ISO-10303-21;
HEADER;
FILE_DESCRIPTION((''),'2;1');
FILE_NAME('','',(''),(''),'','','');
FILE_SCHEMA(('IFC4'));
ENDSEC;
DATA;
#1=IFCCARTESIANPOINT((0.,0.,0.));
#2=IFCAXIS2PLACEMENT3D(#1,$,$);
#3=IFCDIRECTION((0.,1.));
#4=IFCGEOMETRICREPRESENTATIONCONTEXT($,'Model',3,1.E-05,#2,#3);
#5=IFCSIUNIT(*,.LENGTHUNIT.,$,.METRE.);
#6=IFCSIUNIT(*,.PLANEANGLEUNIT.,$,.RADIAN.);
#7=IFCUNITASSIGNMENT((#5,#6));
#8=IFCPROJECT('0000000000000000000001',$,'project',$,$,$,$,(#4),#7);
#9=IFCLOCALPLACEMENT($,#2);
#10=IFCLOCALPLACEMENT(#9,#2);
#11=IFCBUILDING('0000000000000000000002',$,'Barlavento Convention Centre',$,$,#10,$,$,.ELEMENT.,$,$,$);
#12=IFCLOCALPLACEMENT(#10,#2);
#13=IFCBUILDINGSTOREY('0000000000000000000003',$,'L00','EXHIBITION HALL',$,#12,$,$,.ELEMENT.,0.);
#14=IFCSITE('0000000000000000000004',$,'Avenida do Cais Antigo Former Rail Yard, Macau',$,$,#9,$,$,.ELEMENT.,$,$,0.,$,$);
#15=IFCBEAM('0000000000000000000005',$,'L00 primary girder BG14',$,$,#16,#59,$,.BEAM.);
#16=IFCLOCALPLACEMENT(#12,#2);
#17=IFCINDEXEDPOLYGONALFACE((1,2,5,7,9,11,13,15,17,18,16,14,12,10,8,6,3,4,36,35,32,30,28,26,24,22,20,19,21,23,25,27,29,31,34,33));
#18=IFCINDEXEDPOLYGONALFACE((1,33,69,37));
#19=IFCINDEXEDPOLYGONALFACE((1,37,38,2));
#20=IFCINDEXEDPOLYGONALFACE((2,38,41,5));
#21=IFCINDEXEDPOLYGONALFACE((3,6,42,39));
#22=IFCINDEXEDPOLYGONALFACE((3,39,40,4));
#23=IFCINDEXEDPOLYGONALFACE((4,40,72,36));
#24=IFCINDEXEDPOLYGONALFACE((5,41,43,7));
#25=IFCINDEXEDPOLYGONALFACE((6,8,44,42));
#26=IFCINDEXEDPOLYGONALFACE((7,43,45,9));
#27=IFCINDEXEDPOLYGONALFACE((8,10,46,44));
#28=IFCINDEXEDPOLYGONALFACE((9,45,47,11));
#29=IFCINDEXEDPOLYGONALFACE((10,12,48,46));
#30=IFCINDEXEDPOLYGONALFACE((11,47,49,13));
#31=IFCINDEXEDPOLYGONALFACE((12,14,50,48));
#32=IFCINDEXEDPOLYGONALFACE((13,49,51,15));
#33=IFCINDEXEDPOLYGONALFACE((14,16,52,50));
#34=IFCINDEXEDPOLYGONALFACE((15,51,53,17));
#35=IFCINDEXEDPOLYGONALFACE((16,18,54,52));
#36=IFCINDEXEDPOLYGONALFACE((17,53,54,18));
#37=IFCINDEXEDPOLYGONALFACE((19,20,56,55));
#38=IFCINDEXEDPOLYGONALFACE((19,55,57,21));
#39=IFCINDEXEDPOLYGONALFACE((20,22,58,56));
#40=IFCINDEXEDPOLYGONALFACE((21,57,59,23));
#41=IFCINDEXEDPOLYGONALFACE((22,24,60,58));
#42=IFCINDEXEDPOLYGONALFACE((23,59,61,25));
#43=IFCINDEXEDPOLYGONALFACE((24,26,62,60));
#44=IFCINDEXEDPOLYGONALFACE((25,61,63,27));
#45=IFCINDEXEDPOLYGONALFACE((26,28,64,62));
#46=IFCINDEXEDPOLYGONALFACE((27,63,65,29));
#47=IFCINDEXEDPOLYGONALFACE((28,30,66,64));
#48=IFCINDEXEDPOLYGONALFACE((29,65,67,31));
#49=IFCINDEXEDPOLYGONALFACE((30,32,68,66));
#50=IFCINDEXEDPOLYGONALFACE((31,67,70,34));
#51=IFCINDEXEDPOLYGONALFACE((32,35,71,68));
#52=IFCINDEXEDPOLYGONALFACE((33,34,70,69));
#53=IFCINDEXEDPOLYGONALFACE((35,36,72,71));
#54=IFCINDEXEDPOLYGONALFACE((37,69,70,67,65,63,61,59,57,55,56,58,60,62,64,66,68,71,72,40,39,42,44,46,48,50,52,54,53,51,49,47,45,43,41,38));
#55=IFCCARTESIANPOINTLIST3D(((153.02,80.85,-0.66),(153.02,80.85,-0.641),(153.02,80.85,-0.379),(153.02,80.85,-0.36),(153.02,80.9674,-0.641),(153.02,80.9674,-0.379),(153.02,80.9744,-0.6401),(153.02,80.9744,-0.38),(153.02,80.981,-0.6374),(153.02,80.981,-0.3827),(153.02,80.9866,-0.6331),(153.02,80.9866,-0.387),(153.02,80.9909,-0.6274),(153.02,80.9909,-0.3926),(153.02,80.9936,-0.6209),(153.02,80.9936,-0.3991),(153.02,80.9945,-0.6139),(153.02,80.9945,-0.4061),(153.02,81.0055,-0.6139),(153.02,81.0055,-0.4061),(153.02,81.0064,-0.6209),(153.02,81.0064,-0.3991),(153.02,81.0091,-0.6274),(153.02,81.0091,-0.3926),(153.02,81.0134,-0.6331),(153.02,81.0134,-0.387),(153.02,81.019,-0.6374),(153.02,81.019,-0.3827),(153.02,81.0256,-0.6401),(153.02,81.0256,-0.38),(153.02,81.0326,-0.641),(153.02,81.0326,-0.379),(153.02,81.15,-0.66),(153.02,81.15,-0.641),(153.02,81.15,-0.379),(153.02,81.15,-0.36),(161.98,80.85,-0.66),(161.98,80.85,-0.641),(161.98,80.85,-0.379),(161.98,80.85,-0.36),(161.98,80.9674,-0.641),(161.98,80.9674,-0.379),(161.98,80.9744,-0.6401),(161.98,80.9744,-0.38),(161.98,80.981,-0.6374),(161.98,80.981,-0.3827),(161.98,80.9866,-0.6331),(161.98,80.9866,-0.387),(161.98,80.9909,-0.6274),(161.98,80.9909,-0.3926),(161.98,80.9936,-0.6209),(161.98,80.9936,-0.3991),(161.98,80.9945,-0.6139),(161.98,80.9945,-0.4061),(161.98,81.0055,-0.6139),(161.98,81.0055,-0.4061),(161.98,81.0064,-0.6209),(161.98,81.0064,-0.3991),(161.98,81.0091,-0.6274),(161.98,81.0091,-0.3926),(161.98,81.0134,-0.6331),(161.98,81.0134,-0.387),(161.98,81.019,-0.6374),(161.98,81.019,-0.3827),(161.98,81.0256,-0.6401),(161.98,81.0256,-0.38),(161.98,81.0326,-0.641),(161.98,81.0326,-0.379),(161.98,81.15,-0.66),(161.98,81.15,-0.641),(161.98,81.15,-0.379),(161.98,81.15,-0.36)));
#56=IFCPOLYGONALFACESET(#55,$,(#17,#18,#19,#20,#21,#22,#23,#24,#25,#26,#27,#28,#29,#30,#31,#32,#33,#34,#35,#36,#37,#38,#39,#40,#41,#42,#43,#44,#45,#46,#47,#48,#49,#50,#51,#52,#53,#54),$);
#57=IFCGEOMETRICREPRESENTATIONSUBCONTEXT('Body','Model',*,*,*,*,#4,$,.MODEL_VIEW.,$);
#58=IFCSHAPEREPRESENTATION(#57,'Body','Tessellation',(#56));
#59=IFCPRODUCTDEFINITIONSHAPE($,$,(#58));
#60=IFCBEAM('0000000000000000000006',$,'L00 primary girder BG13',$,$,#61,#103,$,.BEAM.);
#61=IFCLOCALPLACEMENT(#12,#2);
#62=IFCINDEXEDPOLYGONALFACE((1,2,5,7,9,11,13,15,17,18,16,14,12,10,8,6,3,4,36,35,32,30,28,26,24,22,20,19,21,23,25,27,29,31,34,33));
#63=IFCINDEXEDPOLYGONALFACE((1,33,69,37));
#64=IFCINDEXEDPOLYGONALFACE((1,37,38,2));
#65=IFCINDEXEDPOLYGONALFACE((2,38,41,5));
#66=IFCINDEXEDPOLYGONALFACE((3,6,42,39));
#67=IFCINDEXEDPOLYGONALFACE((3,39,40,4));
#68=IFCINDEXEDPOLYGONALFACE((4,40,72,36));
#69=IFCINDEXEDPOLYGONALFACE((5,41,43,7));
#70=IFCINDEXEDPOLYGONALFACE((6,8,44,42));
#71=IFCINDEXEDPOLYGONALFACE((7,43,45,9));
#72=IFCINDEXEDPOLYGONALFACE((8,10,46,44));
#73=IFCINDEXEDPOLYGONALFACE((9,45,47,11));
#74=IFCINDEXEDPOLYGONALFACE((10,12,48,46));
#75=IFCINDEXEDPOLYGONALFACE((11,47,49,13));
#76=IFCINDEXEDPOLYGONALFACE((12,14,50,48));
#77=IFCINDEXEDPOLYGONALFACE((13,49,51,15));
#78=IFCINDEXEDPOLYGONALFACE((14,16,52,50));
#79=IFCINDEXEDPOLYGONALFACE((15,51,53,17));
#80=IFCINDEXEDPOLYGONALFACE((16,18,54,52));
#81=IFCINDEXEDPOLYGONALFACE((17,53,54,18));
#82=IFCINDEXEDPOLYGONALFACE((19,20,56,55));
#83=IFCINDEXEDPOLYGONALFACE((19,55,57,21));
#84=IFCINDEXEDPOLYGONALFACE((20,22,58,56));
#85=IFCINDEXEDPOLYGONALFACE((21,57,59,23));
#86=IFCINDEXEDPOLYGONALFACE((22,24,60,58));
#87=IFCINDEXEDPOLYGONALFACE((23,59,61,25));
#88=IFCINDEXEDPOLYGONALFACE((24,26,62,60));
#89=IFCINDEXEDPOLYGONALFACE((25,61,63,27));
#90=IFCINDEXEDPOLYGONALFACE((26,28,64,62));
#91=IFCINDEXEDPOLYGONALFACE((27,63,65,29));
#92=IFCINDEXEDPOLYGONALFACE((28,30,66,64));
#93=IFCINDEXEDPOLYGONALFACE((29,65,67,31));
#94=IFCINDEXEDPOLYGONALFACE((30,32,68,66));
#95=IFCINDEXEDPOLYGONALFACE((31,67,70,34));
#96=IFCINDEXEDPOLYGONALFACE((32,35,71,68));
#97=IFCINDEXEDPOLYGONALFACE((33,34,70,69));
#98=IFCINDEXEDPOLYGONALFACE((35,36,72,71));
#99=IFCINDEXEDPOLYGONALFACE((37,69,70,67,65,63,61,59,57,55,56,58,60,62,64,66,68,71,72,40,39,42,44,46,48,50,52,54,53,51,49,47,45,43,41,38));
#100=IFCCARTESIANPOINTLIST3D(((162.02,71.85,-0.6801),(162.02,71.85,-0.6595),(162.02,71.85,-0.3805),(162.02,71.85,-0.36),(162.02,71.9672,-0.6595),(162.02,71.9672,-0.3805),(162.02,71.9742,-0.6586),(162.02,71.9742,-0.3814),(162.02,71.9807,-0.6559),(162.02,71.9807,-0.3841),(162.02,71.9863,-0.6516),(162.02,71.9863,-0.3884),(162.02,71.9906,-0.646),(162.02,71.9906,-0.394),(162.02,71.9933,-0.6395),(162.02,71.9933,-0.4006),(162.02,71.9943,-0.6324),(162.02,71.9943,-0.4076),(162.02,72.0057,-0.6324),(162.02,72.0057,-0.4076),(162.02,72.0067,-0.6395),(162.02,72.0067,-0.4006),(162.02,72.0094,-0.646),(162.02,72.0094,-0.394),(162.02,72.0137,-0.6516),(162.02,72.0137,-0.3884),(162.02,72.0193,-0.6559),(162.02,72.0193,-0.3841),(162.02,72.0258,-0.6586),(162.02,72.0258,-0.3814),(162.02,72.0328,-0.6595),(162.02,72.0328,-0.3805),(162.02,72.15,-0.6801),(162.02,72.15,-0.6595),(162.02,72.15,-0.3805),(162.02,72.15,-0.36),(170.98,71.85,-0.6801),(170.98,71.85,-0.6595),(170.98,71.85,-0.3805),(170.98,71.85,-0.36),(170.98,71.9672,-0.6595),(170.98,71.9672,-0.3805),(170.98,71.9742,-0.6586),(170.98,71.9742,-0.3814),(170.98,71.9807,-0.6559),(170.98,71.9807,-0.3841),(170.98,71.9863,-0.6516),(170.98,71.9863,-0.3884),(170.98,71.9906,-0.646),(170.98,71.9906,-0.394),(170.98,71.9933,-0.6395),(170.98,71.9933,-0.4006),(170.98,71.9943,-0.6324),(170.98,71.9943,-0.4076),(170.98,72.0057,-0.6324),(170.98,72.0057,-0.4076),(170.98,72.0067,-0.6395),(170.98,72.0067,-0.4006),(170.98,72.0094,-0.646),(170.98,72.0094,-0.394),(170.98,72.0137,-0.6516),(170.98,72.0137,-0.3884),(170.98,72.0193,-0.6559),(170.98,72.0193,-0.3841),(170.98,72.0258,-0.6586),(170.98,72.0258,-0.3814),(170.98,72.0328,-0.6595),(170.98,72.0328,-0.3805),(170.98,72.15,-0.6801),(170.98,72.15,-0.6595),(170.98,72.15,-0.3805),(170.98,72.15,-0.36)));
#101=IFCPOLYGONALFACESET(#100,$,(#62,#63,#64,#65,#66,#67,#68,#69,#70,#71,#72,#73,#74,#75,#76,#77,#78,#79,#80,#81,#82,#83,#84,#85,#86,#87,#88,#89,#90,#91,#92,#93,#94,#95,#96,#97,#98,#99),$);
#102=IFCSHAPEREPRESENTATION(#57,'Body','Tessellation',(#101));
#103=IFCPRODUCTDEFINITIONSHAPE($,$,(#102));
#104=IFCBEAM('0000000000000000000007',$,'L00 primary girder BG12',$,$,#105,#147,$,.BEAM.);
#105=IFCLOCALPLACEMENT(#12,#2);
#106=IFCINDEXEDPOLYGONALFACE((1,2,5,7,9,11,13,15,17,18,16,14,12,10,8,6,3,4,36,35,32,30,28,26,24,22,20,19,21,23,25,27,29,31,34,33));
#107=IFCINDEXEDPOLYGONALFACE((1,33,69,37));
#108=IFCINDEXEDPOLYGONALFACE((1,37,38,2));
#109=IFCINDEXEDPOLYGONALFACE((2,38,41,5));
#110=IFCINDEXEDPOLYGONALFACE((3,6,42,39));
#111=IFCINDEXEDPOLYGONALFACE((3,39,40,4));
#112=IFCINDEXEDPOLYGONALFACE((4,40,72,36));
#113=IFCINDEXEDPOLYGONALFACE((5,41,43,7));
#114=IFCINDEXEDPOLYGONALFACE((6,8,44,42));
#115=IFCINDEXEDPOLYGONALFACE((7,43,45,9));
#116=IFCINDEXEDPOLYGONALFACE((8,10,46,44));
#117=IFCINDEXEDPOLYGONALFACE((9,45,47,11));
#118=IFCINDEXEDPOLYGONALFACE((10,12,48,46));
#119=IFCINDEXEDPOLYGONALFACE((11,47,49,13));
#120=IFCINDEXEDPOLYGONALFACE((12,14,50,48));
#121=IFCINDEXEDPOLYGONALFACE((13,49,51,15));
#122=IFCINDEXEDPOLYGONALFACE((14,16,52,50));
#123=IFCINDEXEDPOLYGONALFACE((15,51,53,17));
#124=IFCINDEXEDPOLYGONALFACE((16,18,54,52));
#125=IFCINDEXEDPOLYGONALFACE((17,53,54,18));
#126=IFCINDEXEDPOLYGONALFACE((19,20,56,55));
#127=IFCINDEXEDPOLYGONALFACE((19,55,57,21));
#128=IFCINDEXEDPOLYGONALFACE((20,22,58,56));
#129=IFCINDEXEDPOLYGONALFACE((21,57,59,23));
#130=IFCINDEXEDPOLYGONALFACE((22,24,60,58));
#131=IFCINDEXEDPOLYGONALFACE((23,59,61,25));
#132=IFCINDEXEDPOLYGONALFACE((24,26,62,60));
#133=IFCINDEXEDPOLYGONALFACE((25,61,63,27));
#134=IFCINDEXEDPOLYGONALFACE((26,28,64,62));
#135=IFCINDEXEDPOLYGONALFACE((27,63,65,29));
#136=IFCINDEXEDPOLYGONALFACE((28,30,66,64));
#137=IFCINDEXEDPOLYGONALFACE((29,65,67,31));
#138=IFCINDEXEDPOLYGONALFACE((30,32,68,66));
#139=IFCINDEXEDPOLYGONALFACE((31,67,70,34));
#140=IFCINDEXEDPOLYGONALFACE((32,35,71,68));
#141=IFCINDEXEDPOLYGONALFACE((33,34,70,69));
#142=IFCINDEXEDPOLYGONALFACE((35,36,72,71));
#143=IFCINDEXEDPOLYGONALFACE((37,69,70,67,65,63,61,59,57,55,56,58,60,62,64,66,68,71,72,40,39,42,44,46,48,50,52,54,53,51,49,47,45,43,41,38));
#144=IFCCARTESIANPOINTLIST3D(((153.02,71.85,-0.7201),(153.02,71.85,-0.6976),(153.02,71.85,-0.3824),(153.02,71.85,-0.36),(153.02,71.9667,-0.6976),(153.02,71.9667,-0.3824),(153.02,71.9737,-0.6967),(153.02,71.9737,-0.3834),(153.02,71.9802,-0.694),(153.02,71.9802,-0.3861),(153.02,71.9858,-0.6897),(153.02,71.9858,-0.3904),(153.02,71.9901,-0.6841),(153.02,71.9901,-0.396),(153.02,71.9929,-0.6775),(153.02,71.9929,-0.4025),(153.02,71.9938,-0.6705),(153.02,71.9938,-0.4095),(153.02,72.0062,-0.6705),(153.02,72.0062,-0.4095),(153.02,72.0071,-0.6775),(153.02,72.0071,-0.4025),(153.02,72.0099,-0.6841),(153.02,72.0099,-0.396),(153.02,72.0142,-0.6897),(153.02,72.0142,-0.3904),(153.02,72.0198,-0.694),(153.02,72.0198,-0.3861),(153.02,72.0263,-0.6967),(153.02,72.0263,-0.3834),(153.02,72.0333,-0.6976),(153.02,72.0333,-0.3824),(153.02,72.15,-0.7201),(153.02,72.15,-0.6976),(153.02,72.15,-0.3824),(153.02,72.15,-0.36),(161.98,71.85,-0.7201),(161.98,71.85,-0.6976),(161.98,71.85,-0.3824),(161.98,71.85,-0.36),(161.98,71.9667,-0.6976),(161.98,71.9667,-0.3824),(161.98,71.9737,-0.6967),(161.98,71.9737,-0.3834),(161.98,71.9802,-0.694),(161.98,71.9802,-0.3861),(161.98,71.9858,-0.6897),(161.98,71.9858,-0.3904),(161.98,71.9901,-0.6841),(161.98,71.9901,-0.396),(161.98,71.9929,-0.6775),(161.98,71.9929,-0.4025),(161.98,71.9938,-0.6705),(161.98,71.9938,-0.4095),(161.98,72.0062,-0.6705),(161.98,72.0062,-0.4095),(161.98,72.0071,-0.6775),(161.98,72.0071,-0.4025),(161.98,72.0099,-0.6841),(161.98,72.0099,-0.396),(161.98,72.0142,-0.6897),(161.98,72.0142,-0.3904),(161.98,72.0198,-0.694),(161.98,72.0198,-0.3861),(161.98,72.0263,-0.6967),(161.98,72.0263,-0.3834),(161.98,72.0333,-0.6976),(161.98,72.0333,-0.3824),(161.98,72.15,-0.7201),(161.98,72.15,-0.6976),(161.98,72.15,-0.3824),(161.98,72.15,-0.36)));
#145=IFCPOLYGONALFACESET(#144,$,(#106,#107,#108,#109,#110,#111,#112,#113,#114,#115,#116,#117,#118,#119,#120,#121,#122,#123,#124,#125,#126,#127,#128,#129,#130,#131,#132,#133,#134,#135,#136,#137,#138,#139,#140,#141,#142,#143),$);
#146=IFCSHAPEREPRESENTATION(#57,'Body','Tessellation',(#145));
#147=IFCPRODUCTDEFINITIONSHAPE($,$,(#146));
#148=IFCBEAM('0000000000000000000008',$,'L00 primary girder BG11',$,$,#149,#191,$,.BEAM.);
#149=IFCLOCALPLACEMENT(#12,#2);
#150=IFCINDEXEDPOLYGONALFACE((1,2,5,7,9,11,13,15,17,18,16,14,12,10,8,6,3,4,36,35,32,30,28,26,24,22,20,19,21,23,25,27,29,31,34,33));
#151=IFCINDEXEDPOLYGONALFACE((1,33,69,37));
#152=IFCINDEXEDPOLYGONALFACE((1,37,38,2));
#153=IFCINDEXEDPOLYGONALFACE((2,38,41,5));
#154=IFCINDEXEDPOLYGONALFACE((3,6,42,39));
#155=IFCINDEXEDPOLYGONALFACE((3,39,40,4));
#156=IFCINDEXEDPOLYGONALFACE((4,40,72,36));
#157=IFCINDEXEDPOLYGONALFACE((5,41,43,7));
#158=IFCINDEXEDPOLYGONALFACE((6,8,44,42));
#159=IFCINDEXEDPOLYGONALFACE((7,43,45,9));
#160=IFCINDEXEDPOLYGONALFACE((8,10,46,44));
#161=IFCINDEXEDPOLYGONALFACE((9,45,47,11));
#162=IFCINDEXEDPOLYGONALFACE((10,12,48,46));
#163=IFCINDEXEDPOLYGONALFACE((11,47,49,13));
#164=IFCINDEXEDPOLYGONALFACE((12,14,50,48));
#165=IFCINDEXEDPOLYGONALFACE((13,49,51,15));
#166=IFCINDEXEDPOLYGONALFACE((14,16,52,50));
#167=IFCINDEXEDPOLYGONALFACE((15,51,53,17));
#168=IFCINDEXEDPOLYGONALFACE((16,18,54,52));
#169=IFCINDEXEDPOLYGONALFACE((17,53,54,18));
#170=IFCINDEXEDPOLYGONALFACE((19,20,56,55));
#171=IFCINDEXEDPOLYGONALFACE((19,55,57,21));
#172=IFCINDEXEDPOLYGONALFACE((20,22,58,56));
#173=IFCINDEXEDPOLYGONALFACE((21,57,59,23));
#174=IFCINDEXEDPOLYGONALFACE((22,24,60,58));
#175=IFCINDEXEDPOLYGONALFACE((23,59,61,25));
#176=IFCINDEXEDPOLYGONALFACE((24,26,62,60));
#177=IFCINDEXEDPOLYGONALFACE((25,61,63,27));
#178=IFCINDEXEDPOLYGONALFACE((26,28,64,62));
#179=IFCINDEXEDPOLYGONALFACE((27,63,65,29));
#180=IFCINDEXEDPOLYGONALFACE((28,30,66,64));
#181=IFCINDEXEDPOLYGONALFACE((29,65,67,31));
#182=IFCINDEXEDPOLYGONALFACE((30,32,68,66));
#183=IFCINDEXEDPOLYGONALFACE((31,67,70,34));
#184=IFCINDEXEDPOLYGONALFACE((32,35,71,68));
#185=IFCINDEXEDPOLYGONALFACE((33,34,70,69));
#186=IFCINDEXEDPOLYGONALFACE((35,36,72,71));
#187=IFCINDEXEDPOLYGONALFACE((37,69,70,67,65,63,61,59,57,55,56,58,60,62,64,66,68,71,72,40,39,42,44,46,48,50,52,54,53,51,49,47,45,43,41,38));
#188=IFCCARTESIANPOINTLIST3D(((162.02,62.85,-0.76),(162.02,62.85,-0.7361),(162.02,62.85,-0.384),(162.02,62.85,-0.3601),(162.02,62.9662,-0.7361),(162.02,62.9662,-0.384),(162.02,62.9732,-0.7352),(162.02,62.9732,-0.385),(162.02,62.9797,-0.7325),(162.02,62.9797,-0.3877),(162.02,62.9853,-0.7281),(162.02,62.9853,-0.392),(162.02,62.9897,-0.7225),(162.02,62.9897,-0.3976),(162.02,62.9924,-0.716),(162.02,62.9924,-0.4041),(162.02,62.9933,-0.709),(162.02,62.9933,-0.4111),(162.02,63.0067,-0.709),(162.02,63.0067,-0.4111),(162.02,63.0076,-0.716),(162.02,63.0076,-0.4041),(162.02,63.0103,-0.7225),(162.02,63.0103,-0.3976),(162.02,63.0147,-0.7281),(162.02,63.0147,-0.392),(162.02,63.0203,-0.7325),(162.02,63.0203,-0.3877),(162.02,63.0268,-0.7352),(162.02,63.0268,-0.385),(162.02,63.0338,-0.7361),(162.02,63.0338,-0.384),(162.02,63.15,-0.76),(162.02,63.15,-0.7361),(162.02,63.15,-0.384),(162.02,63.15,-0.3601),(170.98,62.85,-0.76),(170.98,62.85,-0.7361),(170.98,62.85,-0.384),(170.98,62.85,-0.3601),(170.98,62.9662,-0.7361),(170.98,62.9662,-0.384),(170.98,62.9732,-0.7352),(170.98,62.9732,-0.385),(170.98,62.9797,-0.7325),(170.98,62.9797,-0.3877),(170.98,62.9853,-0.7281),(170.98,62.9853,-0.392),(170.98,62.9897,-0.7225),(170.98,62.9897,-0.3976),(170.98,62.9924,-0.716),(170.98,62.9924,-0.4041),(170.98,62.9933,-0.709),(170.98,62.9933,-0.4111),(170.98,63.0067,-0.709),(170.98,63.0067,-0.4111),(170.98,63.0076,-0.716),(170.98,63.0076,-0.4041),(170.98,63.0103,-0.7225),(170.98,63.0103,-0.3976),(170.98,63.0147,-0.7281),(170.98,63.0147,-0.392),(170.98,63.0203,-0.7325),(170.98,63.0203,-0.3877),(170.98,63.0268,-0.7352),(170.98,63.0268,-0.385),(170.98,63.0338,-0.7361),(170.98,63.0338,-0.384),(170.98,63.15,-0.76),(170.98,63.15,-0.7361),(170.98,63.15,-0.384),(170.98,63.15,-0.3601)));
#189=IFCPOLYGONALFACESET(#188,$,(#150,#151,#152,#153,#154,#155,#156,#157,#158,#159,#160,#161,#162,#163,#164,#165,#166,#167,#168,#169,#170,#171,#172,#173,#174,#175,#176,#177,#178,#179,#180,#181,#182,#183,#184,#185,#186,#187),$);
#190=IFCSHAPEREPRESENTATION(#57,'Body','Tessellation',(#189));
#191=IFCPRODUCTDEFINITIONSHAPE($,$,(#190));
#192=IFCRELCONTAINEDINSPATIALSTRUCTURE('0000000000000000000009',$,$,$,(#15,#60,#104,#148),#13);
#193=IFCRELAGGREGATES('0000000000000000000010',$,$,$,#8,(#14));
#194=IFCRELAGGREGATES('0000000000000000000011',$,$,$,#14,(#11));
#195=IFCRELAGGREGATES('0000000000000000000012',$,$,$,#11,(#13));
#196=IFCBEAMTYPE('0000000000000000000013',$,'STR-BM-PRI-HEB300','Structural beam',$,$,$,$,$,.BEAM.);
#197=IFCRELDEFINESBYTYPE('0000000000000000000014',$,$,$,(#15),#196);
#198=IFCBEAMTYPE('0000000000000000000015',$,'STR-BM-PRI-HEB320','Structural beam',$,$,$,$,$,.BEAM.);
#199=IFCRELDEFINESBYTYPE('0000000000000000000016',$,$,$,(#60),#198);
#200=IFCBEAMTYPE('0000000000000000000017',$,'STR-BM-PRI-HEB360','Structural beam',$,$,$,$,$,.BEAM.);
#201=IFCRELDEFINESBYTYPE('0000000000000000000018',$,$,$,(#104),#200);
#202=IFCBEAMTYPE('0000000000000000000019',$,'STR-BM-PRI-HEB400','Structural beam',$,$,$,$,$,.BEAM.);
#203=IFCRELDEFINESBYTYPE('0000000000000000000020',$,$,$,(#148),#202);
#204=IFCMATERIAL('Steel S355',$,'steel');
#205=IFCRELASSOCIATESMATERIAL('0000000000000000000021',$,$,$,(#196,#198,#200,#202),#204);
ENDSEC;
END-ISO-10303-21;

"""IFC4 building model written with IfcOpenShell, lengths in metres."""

from ifc_helpers import new_model, si_unit, direction, frame, origin, origin_2d, place, context, subcontext, project, spatial, i_section, extrude, material, material_profile, profile_set, type_object, element, save


model = new_model("IFC4")

# Units and contexts
model_context = context("Model", 3, precision=1e-05, world=origin(), true_north=direction((0.0, 1.0)))
body_context = subcontext(model_context, "Body", "Model", "MODEL_VIEW")
ifc_project = project(units=[si_unit("LENGTHUNIT", "METRE"), si_unit("PLANEANGLEUNIT", "RADIAN")], contexts=[model_context])

# Site, building, storey
site_placement = place(None, origin())
site = spatial("IfcSite", under=ifc_project, at=site_placement, Name="Avenida do Cais Antigo Former Rail Yard, Macau", CompositionType="ELEMENT", RefElevation=0.0)
building_placement = place(site_placement, origin())
building = spatial("IfcBuilding", under=site, at=building_placement, Name="Barlavento Convention Centre", CompositionType="ELEMENT")
storey_placement = place(building_placement, origin())
storey = spatial("IfcBuildingStorey", under=building, at=storey_placement, Name="L00", Description="EXHIBITION HALL", CompositionType="ELEMENT", Elevation=0.0)

# Beams
ifc_material_1 = material(Name="Steel S355", Category="steel")
ifc_material_profile_1 = material_profile(ifc_material_1, i_section(OverallWidth=0.3, OverallDepth=0.3, WebThickness=0.011, FlangeThickness=0.019, FilletRadius=0.0271, at=origin_2d()), Name="HEB 300")
ifc_profile_set_1 = profile_set([ifc_material_profile_1], Name="Steel S355")
beam_type_1 = type_object("IfcBeamType", Name="STR-BM-PRI-HEB300", Description="Structural beam", PredefinedType="BEAM", material=ifc_profile_set_1)
beam_1_placement = place(storey_placement, frame((153.02, 81.0, -0.51), z_axis=(1.0, 0.0, 0.0), x_axis=(0.0, 1.0, 0.0)))
element("IfcBeam", 1, at=beam_1_placement, inside=storey, type_object=beam_type_1, Name="L00 primary girder BG14", PredefinedType="BEAM", context=body_context, shape_type="SweptSolid", body=[
    extrude(i_section(OverallWidth=0.3, OverallDepth=0.3, WebThickness=0.011, FlangeThickness=0.019, FilletRadius=0.0271, at=origin_2d()), origin(), (0.0, 0.0, 1.0), 8.96),
])
ifc_material_profile_2 = material_profile(ifc_material_1, i_section(OverallWidth=0.3, OverallDepth=0.3201, WebThickness=0.0115, FlangeThickness=0.0205, FilletRadius=0.0271, at=origin_2d()), Name="HEB 320")
ifc_profile_set_2 = profile_set([ifc_material_profile_2], Name="Steel S355")
beam_type_2 = type_object("IfcBeamType", Name="STR-BM-PRI-HEB320", Description="Structural beam", PredefinedType="BEAM", material=ifc_profile_set_2)
beam_2_placement = place(storey_placement, frame((162.02, 72.0, -0.52), z_axis=(1.0, 0.0, 0.0), x_axis=(0.0, 1.0, 0.0)))
element("IfcBeam", 2, at=beam_2_placement, inside=storey, type_object=beam_type_2, Name="L00 primary girder BG13", PredefinedType="BEAM", context=body_context, shape_type="SweptSolid", body=[
    extrude(i_section(OverallWidth=0.3, OverallDepth=0.3201, WebThickness=0.0115, FlangeThickness=0.0205, FilletRadius=0.0271, at=origin_2d()), origin(), (0.0, 0.0, 1.0), 8.96),
])
ifc_material_profile_3 = material_profile(ifc_material_1, i_section(OverallWidth=0.3, OverallDepth=0.3601, WebThickness=0.0125, FlangeThickness=0.0225, FilletRadius=0.0271, at=origin_2d()), Name="HEB 360")
ifc_profile_set_3 = profile_set([ifc_material_profile_3], Name="Steel S355")
beam_type_3 = type_object("IfcBeamType", Name="STR-BM-PRI-HEB360", Description="Structural beam", PredefinedType="BEAM", material=ifc_profile_set_3)
beam_3_placement = place(storey_placement, frame((153.02, 72.0, -0.54), z_axis=(1.0, 0.0, 0.0), x_axis=(0.0, 1.0, 0.0)))
element("IfcBeam", 3, at=beam_3_placement, inside=storey, type_object=beam_type_3, Name="L00 primary girder BG12", PredefinedType="BEAM", context=body_context, shape_type="SweptSolid", body=[
    extrude(i_section(OverallWidth=0.3, OverallDepth=0.3601, WebThickness=0.0125, FlangeThickness=0.0225, FilletRadius=0.0271, at=origin_2d()), origin(), (0.0, 0.0, 1.0), 8.96),
])
ifc_material_profile_4 = material_profile(ifc_material_1, i_section(OverallWidth=0.3, OverallDepth=0.3999, WebThickness=0.0134, FlangeThickness=0.0239, FilletRadius=0.0271, at=origin_2d()), Name="HEB 400")
ifc_profile_set_4 = profile_set([ifc_material_profile_4], Name="Steel S355")
beam_type_4 = type_object("IfcBeamType", Name="STR-BM-PRI-HEB400", Description="Structural beam", PredefinedType="BEAM", material=ifc_profile_set_4)
beam_4_placement = place(storey_placement, frame((162.02, 63.0, -0.5601), z_axis=(1.0, 0.0, 0.0), x_axis=(0.0, 1.0, 0.0)))
element("IfcBeam", 4, at=beam_4_placement, inside=storey, type_object=beam_type_4, Name="L00 primary girder BG11", PredefinedType="BEAM", context=body_context, shape_type="SweptSolid", body=[
    extrude(i_section(OverallWidth=0.3, OverallDepth=0.3999, WebThickness=0.0134, FlangeThickness=0.0239, FilletRadius=0.0271, at=origin_2d()), origin(), (0.0, 0.0, 1.0), 8.96),
])

save(model, "model.ifc")
